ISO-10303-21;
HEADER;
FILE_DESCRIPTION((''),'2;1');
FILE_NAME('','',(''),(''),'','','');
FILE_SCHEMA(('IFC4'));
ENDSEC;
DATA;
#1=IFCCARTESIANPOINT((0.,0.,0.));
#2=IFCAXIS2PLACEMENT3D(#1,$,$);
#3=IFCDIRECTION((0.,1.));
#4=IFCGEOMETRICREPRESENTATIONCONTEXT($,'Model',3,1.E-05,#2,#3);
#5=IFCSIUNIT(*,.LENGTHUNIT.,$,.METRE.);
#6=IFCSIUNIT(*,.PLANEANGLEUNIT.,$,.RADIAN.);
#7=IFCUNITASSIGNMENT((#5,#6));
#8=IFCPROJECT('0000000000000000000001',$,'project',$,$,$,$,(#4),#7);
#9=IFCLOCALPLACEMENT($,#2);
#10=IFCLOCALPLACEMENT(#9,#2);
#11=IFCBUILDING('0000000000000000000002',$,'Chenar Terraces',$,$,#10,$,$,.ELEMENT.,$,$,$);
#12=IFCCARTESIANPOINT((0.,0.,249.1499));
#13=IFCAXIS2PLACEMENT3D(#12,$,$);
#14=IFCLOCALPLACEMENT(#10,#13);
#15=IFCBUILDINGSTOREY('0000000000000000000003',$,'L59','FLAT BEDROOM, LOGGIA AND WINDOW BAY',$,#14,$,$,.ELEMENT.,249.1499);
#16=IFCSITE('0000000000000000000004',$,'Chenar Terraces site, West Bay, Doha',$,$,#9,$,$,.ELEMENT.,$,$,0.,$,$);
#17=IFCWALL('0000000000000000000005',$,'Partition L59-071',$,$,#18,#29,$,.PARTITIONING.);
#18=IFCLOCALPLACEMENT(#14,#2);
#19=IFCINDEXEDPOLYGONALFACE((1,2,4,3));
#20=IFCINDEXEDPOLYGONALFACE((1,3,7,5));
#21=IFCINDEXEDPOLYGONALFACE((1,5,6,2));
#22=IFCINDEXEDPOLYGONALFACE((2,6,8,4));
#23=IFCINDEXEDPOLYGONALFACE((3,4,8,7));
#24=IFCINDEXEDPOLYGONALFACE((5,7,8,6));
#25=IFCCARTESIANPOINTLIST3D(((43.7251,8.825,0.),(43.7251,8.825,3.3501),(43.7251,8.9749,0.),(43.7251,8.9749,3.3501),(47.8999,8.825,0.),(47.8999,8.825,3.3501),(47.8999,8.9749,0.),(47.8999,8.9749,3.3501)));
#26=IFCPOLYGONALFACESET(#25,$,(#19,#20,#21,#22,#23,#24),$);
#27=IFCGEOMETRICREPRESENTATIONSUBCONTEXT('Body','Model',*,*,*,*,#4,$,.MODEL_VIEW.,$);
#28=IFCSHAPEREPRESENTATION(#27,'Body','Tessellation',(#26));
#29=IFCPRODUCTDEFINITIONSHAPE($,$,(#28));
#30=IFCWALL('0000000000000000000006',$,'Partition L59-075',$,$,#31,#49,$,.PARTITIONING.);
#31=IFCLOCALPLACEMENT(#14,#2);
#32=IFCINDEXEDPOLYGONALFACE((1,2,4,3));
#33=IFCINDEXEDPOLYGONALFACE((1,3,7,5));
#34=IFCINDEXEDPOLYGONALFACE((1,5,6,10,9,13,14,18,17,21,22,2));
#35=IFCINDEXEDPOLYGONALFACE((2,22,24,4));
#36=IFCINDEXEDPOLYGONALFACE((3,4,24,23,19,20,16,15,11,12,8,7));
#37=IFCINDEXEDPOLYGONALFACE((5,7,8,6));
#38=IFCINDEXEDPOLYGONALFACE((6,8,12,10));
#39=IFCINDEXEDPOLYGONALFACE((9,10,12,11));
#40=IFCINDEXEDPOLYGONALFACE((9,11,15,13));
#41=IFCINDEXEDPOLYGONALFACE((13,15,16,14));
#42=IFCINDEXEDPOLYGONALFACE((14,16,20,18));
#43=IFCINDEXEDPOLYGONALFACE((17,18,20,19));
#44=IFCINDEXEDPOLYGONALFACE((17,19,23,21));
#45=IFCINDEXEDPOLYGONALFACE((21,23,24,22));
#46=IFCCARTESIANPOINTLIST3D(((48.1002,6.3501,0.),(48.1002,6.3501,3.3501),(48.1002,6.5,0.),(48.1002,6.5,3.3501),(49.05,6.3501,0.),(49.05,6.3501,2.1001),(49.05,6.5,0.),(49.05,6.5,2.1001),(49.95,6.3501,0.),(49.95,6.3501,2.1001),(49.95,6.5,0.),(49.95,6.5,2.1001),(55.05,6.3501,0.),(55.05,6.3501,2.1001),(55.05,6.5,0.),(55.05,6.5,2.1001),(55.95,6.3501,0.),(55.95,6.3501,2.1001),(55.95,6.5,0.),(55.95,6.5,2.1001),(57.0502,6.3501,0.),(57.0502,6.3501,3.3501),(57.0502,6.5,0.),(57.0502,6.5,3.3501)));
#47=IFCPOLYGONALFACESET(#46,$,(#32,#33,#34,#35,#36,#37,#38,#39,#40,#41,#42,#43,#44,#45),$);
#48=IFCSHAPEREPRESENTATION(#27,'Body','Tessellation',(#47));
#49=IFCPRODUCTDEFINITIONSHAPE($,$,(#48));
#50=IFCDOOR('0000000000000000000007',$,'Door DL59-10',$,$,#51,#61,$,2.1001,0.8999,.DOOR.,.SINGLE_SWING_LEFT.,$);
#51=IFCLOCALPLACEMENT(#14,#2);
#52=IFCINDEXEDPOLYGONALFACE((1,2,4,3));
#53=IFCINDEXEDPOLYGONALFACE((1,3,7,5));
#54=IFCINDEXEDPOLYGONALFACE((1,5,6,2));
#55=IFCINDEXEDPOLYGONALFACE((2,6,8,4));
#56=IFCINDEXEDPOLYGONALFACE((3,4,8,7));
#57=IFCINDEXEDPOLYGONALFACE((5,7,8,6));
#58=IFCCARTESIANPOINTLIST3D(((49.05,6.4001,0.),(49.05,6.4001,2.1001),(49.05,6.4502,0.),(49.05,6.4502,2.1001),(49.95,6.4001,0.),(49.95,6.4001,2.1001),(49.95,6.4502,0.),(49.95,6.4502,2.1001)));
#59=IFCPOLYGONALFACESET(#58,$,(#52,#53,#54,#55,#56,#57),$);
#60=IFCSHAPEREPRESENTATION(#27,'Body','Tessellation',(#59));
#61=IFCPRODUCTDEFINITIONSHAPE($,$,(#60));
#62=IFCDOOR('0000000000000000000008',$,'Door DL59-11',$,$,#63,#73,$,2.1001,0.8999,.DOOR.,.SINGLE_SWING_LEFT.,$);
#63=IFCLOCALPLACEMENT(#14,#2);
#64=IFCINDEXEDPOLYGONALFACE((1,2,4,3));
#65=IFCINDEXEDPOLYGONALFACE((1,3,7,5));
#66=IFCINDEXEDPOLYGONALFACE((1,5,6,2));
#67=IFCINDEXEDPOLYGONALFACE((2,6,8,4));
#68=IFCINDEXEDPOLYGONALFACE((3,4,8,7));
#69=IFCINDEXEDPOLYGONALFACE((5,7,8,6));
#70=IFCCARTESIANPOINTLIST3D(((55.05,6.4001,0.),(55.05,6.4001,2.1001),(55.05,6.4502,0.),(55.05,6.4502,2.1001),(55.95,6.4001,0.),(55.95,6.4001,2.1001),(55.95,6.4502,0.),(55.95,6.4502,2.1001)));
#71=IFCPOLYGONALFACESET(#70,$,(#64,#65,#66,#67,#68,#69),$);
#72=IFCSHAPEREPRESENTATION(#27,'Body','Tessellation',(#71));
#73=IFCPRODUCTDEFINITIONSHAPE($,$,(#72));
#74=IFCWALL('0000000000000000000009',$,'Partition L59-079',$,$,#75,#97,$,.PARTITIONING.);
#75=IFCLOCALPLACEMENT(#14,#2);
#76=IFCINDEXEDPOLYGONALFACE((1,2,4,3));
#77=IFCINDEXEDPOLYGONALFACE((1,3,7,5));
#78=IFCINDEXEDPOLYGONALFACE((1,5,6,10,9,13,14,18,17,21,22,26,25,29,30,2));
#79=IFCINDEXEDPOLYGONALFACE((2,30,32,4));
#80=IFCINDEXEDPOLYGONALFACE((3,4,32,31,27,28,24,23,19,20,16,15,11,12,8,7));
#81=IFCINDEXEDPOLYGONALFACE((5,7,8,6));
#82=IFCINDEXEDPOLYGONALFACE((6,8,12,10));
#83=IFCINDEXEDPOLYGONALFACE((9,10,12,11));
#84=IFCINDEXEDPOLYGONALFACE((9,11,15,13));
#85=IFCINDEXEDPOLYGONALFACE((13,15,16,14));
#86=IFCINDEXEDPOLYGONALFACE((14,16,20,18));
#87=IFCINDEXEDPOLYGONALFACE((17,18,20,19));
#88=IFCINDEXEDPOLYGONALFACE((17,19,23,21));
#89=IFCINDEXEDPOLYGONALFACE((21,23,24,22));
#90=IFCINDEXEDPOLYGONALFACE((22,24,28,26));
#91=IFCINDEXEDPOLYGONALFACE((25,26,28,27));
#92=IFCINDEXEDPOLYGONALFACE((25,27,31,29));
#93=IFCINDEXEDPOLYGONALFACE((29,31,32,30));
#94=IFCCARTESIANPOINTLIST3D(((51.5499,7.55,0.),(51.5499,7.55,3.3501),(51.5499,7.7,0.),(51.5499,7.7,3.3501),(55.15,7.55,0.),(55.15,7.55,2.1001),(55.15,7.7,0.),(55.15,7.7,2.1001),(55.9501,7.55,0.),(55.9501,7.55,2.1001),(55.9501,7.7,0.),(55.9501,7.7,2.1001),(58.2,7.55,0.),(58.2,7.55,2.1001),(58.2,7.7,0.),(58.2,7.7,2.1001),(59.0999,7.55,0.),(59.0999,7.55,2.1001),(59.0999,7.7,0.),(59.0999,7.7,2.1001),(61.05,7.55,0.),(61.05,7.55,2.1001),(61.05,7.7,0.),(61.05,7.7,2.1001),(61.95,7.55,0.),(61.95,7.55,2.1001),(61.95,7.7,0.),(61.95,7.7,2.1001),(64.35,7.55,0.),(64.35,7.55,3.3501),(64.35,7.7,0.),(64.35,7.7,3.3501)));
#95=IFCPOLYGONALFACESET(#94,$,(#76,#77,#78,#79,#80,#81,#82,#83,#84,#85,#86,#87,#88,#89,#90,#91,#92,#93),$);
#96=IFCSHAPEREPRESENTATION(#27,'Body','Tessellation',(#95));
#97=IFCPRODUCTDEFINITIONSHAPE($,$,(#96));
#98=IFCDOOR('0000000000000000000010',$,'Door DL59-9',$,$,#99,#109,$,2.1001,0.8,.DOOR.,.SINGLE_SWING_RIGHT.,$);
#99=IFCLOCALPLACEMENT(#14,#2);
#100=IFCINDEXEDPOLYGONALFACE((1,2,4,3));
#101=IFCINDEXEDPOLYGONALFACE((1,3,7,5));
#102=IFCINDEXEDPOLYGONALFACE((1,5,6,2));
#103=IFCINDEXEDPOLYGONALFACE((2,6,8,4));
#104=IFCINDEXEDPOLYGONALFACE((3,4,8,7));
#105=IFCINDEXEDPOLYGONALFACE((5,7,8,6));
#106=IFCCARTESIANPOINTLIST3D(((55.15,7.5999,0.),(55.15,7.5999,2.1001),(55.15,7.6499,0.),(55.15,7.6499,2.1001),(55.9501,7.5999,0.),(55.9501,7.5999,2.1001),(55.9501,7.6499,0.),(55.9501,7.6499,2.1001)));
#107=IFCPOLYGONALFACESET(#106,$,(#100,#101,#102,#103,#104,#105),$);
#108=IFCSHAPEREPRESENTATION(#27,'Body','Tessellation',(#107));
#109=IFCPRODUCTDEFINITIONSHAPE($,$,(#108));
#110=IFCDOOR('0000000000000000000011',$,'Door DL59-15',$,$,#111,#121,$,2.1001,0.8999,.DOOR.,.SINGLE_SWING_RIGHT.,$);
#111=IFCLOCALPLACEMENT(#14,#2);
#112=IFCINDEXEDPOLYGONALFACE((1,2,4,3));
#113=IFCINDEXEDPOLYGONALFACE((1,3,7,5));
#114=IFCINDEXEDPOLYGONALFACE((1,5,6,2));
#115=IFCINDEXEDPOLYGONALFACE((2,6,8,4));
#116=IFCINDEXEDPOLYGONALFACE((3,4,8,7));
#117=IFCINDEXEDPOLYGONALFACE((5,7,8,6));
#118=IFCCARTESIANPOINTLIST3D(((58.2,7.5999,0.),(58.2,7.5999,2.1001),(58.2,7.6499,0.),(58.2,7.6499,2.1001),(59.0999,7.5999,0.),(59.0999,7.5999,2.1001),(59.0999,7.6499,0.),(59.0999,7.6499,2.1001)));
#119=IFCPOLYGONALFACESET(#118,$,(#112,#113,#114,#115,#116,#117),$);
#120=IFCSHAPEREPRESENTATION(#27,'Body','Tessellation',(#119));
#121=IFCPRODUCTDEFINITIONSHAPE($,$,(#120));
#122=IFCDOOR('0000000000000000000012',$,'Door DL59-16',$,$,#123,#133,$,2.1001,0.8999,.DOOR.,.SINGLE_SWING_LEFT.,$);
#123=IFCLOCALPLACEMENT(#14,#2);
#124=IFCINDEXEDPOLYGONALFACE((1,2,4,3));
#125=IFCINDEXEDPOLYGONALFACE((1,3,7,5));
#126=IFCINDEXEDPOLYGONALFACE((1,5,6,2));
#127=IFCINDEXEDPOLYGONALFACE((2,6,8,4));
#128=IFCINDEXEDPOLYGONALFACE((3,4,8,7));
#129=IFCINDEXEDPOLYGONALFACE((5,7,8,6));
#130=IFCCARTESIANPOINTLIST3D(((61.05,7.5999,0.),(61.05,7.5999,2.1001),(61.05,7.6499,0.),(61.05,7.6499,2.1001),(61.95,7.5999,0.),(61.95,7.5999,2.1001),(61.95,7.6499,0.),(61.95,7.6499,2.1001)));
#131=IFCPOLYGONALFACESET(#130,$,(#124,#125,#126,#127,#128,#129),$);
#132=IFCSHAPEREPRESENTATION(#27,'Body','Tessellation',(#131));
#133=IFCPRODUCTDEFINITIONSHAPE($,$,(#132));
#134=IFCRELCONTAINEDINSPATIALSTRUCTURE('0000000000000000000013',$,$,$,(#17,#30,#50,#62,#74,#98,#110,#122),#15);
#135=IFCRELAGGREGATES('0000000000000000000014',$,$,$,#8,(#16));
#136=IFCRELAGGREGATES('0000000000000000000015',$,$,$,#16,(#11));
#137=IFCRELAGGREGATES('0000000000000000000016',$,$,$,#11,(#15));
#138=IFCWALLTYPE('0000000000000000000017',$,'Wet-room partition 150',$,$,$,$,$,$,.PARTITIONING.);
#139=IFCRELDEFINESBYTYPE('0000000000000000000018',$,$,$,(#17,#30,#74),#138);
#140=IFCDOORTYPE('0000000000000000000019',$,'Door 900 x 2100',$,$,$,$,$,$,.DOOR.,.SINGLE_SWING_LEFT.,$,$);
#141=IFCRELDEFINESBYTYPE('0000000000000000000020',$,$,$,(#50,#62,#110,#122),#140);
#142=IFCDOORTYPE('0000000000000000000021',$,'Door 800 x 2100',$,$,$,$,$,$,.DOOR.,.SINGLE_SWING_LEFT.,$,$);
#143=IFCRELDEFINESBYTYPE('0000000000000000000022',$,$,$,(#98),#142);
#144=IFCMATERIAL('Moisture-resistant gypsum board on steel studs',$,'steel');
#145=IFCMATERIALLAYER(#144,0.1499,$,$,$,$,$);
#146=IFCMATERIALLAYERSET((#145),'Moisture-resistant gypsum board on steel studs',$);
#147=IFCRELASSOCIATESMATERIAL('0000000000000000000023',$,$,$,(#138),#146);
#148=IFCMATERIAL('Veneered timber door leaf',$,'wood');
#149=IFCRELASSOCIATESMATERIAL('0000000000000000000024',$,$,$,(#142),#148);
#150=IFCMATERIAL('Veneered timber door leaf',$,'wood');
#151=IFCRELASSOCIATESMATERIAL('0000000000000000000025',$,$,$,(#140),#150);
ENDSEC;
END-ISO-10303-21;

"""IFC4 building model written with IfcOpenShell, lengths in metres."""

from ifc_helpers import new_model, si_unit, direction, frame, frame_2d, origin, place, context, subcontext, project, spatial, rectangle, extrude, material, layer, layer_set, type_object, element, fill, save


model = new_model("IFC4")

# Units and contexts
model_context = context("Model", 3, precision=1e-05, world=origin(), true_north=direction((0.0, 1.0)))
body_context = subcontext(model_context, "Body", "Model", "MODEL_VIEW")
ifc_project = project(units=[si_unit("LENGTHUNIT", "METRE"), si_unit("PLANEANGLEUNIT", "RADIAN")], contexts=[model_context])

# Site, building, storey
site_placement = place(None, origin())
site = spatial("IfcSite", under=ifc_project, at=site_placement, Name="Chenar Terraces site, West Bay, Doha", CompositionType="ELEMENT", RefElevation=0.0)
building_placement = place(site_placement, origin())
building = spatial("IfcBuilding", under=site, at=building_placement, Name="Chenar Terraces", CompositionType="ELEMENT")
storey_placement = place(building_placement, frame((0.0, 0.0, 249.1499)))
storey = spatial("IfcBuildingStorey", under=building, at=storey_placement, Name="L59", Description="FLAT BEDROOM, LOGGIA AND WINDOW BAY", CompositionType="ELEMENT", Elevation=249.1499)

# Shared definitions
ifc_material_1 = material(Name="Moisture-resistant gypsum board on steel studs", Category="steel")
ifc_layer_1 = layer(ifc_material_1, 0.1499)
ifc_layer_set_1 = layer_set([ifc_layer_1], Name="Moisture-resistant gypsum board on steel studs")
wall_type_1 = type_object("IfcWallType", Name="Wet-room partition 150", PredefinedType="PARTITIONING", material=ifc_layer_set_1)
ifc_material_2 = material(Name="Veneered timber door leaf", Category="wood")
door_type_1 = type_object("IfcDoorType", Name="Door 800 x 2100", OperationType="SINGLE_SWING_LEFT", PredefinedType="DOOR", material=ifc_material_2)

# Wall
wall_1_placement = place(storey_placement, frame((43.7251, 8.8999, 0.0), z_axis=(0.0, 0.0, 1.0), x_axis=(1.0, 0.0, 0.0)))
element("IfcWall", 1, at=wall_1_placement, inside=storey, type_object=wall_type_1, Name="Partition L59-071", PredefinedType="PARTITIONING", context=body_context, shape_type="SweptSolid", body=[
    extrude(rectangle(XDim=4.1748, YDim=0.1499, at=frame_2d((2.0874, 0.0))), origin(), (0.0, 0.0, 1.0), 3.3501),
])

# Walls, openings, doors
wall_2_placement = place(storey_placement, frame((48.1001, 6.425, 0.0), z_axis=(0.0, 0.0, 1.0), x_axis=(1.0, 0.0, 0.0)))
wall_2 = element("IfcWall", 2, at=wall_2_placement, inside=storey, type_object=wall_type_1, Name="Partition L59-075", PredefinedType="PARTITIONING", context=body_context, shape_type="SweptSolid", body=[
    extrude(rectangle(XDim=8.95, YDim=0.1499, at=frame_2d((4.4751, 0.0))), origin(), (0.0, 0.0, 1.0), 3.3501),
])
opening_1_placement = place(wall_2_placement, frame((0.95, 0.0, 0.0)))
opening_1 = element("IfcOpeningElement", 3, at=opening_1_placement, cuts=wall_2, PredefinedType="OPENING", context=body_context, shape_type="SweptSolid", body=[
    extrude(rectangle(XDim=0.8999, YDim=2.1001, at=frame_2d((0.45, 1.05))), frame((0.0, 0.085, 0.0), z_axis=(0.0, -1.0, 0.0), x_axis=(1.0, 0.0, 0.0)), (0.0, 0.0, 1.0), 0.1699),
])
opening_2_placement = place(wall_2_placement, frame((6.95, 0.0, 0.0)))
opening_2 = element("IfcOpeningElement", 4, at=opening_2_placement, cuts=wall_2, PredefinedType="OPENING", context=body_context, shape_type="SweptSolid", body=[
    extrude(rectangle(XDim=0.8999, YDim=2.1001, at=frame_2d((0.45, 1.05))), frame((0.0, 0.085, 0.0), z_axis=(0.0, -1.0, 0.0), x_axis=(1.0, 0.0, 0.0)), (0.0, 0.0, 1.0), 0.1699),
])
ifc_material_3 = material(Name="Veneered timber door leaf", Category="wood")
door_type_2 = type_object("IfcDoorType", Name="Door 900 x 2100", OperationType="SINGLE_SWING_LEFT", PredefinedType="DOOR", material=ifc_material_3)
door_1_placement = place(opening_1_placement, frame((0.8999, 0.0, 0.0), z_axis=(0.0, 0.0, 1.0), x_axis=(-1.0, 0.0, 0.0)))
door_1 = element("IfcDoor", 5, at=door_1_placement, inside=storey, type_object=door_type_2, Name="Door DL59-10", OperationType="SINGLE_SWING_LEFT", OverallHeight=2.1001, OverallWidth=0.8999, PredefinedType="DOOR", context=body_context, shape_type="SweptSolid", body=[
    extrude(rectangle(XDim=0.8999, YDim=2.1001, at=frame_2d((0.45, 1.05))), frame((0.0, 0.0249, 0.0), z_axis=(0.0, -1.0, 0.0), x_axis=(1.0, 0.0, 0.0)), (0.0, 0.0, 1.0), 0.05),
])
fill(opening_1, door_1)
door_2_placement = place(opening_2_placement, frame((0.8999, 0.0, 0.0), z_axis=(0.0, 0.0, 1.0), x_axis=(-1.0, 0.0, 0.0)))
door_2 = element("IfcDoor", 6, at=door_2_placement, inside=storey, type_object=door_type_2, Name="Door DL59-11", OperationType="SINGLE_SWING_LEFT", OverallHeight=2.1001, OverallWidth=0.8999, PredefinedType="DOOR", context=body_context, shape_type="SweptSolid", body=[
    extrude(rectangle(XDim=0.8999, YDim=2.1001, at=frame_2d((0.45, 1.05))), frame((0.0, 0.0249, 0.0), z_axis=(0.0, -1.0, 0.0), x_axis=(1.0, 0.0, 0.0)), (0.0, 0.0, 1.0), 0.05),
])
fill(opening_2, door_2)
wall_3_placement = place(storey_placement, frame((51.55, 7.625, 0.0), z_axis=(0.0, 0.0, 1.0), x_axis=(1.0, 0.0, 0.0)))
wall_3 = element("IfcWall", 7, at=wall_3_placement, inside=storey, type_object=wall_type_1, Name="Partition L59-079", PredefinedType="PARTITIONING", context=body_context, shape_type="SweptSolid", body=[
    extrude(rectangle(XDim=12.8, YDim=0.1499, at=frame_2d((6.3999, 0.0))), origin(), (0.0, 0.0, 1.0), 3.3501),
])
opening_3_placement = place(wall_3_placement, frame((3.6001, 0.0, 0.0)))
opening_3 = element("IfcOpeningElement", 8, at=opening_3_placement, cuts=wall_3, PredefinedType="OPENING", context=body_context, shape_type="SweptSolid", body=[
    extrude(rectangle(XDim=0.8, YDim=2.1001, at=frame_2d((0.3999, 1.05))), frame((0.0, 0.085, 0.0), z_axis=(0.0, -1.0, 0.0), x_axis=(1.0, 0.0, 0.0)), (0.0, 0.0, 1.0), 0.1699),
])
opening_4_placement = place(wall_3_placement, frame((6.6499, 0.0, 0.0)))
opening_4 = element("IfcOpeningElement", 9, at=opening_4_placement, cuts=wall_3, PredefinedType="OPENING", context=body_context, shape_type="SweptSolid", body=[
    extrude(rectangle(XDim=0.8999, YDim=2.1001, at=frame_2d((0.45, 1.05))), frame((0.0, 0.085, 0.0), z_axis=(0.0, -1.0, 0.0), x_axis=(1.0, 0.0, 0.0)), (0.0, 0.0, 1.0), 0.1699),
])
opening_5_placement = place(wall_3_placement, frame((9.5, 0.0, 0.0)))
opening_5 = element("IfcOpeningElement", 10, at=opening_5_placement, cuts=wall_3, PredefinedType="OPENING", context=body_context, shape_type="SweptSolid", body=[
    extrude(rectangle(XDim=0.8999, YDim=2.1001, at=frame_2d((0.45, 1.05))), frame((0.0, 0.085, 0.0), z_axis=(0.0, -1.0, 0.0), x_axis=(1.0, 0.0, 0.0)), (0.0, 0.0, 1.0), 0.1699),
])
door_3_placement = place(opening_3_placement, origin())
door_3 = element("IfcDoor", 11, at=door_3_placement, inside=storey, type_object=door_type_1, Name="Door DL59-9", OperationType="SINGLE_SWING_RIGHT", OverallHeight=2.1001, OverallWidth=0.8, PredefinedType="DOOR", context=body_context, shape_type="SweptSolid", body=[
    extrude(rectangle(XDim=0.8, YDim=2.1001, at=frame_2d((0.3999, 1.05))), frame((0.0, 0.0249, 0.0), z_axis=(0.0, -1.0, 0.0), x_axis=(1.0, 0.0, 0.0)), (0.0, 0.0, 1.0), 0.05),
])
fill(opening_3, door_3)
door_4_placement = place(opening_4_placement, origin())
door_4 = element("IfcDoor", 12, at=door_4_placement, inside=storey, type_object=door_type_2, Name="Door DL59-15", OperationType="SINGLE_SWING_RIGHT", OverallHeight=2.1001, OverallWidth=0.8999, PredefinedType="DOOR", context=body_context, shape_type="SweptSolid", body=[
    extrude(rectangle(XDim=0.8999, YDim=2.1001, at=frame_2d((0.45, 1.05))), frame((0.0, 0.0249, 0.0), z_axis=(0.0, -1.0, 0.0), x_axis=(1.0, 0.0, 0.0)), (0.0, 0.0, 1.0), 0.05),
])
fill(opening_4, door_4)
door_5_placement = place(opening_5_placement, origin())
door_5 = element("IfcDoor", 13, at=door_5_placement, inside=storey, type_object=door_type_2, Name="Door DL59-16", OperationType="SINGLE_SWING_LEFT", OverallHeight=2.1001, OverallWidth=0.8999, PredefinedType="DOOR", context=body_context, shape_type="SweptSolid", body=[
    extrude(rectangle(XDim=0.8999, YDim=2.1001, at=frame_2d((0.45, 1.05))), frame((0.0, 0.0249, 0.0), z_axis=(0.0, -1.0, 0.0), x_axis=(1.0, 0.0, 0.0)), (0.0, 0.0, 1.0), 0.05),
])
fill(opening_5, door_5)

save(model, "model.ifc")
